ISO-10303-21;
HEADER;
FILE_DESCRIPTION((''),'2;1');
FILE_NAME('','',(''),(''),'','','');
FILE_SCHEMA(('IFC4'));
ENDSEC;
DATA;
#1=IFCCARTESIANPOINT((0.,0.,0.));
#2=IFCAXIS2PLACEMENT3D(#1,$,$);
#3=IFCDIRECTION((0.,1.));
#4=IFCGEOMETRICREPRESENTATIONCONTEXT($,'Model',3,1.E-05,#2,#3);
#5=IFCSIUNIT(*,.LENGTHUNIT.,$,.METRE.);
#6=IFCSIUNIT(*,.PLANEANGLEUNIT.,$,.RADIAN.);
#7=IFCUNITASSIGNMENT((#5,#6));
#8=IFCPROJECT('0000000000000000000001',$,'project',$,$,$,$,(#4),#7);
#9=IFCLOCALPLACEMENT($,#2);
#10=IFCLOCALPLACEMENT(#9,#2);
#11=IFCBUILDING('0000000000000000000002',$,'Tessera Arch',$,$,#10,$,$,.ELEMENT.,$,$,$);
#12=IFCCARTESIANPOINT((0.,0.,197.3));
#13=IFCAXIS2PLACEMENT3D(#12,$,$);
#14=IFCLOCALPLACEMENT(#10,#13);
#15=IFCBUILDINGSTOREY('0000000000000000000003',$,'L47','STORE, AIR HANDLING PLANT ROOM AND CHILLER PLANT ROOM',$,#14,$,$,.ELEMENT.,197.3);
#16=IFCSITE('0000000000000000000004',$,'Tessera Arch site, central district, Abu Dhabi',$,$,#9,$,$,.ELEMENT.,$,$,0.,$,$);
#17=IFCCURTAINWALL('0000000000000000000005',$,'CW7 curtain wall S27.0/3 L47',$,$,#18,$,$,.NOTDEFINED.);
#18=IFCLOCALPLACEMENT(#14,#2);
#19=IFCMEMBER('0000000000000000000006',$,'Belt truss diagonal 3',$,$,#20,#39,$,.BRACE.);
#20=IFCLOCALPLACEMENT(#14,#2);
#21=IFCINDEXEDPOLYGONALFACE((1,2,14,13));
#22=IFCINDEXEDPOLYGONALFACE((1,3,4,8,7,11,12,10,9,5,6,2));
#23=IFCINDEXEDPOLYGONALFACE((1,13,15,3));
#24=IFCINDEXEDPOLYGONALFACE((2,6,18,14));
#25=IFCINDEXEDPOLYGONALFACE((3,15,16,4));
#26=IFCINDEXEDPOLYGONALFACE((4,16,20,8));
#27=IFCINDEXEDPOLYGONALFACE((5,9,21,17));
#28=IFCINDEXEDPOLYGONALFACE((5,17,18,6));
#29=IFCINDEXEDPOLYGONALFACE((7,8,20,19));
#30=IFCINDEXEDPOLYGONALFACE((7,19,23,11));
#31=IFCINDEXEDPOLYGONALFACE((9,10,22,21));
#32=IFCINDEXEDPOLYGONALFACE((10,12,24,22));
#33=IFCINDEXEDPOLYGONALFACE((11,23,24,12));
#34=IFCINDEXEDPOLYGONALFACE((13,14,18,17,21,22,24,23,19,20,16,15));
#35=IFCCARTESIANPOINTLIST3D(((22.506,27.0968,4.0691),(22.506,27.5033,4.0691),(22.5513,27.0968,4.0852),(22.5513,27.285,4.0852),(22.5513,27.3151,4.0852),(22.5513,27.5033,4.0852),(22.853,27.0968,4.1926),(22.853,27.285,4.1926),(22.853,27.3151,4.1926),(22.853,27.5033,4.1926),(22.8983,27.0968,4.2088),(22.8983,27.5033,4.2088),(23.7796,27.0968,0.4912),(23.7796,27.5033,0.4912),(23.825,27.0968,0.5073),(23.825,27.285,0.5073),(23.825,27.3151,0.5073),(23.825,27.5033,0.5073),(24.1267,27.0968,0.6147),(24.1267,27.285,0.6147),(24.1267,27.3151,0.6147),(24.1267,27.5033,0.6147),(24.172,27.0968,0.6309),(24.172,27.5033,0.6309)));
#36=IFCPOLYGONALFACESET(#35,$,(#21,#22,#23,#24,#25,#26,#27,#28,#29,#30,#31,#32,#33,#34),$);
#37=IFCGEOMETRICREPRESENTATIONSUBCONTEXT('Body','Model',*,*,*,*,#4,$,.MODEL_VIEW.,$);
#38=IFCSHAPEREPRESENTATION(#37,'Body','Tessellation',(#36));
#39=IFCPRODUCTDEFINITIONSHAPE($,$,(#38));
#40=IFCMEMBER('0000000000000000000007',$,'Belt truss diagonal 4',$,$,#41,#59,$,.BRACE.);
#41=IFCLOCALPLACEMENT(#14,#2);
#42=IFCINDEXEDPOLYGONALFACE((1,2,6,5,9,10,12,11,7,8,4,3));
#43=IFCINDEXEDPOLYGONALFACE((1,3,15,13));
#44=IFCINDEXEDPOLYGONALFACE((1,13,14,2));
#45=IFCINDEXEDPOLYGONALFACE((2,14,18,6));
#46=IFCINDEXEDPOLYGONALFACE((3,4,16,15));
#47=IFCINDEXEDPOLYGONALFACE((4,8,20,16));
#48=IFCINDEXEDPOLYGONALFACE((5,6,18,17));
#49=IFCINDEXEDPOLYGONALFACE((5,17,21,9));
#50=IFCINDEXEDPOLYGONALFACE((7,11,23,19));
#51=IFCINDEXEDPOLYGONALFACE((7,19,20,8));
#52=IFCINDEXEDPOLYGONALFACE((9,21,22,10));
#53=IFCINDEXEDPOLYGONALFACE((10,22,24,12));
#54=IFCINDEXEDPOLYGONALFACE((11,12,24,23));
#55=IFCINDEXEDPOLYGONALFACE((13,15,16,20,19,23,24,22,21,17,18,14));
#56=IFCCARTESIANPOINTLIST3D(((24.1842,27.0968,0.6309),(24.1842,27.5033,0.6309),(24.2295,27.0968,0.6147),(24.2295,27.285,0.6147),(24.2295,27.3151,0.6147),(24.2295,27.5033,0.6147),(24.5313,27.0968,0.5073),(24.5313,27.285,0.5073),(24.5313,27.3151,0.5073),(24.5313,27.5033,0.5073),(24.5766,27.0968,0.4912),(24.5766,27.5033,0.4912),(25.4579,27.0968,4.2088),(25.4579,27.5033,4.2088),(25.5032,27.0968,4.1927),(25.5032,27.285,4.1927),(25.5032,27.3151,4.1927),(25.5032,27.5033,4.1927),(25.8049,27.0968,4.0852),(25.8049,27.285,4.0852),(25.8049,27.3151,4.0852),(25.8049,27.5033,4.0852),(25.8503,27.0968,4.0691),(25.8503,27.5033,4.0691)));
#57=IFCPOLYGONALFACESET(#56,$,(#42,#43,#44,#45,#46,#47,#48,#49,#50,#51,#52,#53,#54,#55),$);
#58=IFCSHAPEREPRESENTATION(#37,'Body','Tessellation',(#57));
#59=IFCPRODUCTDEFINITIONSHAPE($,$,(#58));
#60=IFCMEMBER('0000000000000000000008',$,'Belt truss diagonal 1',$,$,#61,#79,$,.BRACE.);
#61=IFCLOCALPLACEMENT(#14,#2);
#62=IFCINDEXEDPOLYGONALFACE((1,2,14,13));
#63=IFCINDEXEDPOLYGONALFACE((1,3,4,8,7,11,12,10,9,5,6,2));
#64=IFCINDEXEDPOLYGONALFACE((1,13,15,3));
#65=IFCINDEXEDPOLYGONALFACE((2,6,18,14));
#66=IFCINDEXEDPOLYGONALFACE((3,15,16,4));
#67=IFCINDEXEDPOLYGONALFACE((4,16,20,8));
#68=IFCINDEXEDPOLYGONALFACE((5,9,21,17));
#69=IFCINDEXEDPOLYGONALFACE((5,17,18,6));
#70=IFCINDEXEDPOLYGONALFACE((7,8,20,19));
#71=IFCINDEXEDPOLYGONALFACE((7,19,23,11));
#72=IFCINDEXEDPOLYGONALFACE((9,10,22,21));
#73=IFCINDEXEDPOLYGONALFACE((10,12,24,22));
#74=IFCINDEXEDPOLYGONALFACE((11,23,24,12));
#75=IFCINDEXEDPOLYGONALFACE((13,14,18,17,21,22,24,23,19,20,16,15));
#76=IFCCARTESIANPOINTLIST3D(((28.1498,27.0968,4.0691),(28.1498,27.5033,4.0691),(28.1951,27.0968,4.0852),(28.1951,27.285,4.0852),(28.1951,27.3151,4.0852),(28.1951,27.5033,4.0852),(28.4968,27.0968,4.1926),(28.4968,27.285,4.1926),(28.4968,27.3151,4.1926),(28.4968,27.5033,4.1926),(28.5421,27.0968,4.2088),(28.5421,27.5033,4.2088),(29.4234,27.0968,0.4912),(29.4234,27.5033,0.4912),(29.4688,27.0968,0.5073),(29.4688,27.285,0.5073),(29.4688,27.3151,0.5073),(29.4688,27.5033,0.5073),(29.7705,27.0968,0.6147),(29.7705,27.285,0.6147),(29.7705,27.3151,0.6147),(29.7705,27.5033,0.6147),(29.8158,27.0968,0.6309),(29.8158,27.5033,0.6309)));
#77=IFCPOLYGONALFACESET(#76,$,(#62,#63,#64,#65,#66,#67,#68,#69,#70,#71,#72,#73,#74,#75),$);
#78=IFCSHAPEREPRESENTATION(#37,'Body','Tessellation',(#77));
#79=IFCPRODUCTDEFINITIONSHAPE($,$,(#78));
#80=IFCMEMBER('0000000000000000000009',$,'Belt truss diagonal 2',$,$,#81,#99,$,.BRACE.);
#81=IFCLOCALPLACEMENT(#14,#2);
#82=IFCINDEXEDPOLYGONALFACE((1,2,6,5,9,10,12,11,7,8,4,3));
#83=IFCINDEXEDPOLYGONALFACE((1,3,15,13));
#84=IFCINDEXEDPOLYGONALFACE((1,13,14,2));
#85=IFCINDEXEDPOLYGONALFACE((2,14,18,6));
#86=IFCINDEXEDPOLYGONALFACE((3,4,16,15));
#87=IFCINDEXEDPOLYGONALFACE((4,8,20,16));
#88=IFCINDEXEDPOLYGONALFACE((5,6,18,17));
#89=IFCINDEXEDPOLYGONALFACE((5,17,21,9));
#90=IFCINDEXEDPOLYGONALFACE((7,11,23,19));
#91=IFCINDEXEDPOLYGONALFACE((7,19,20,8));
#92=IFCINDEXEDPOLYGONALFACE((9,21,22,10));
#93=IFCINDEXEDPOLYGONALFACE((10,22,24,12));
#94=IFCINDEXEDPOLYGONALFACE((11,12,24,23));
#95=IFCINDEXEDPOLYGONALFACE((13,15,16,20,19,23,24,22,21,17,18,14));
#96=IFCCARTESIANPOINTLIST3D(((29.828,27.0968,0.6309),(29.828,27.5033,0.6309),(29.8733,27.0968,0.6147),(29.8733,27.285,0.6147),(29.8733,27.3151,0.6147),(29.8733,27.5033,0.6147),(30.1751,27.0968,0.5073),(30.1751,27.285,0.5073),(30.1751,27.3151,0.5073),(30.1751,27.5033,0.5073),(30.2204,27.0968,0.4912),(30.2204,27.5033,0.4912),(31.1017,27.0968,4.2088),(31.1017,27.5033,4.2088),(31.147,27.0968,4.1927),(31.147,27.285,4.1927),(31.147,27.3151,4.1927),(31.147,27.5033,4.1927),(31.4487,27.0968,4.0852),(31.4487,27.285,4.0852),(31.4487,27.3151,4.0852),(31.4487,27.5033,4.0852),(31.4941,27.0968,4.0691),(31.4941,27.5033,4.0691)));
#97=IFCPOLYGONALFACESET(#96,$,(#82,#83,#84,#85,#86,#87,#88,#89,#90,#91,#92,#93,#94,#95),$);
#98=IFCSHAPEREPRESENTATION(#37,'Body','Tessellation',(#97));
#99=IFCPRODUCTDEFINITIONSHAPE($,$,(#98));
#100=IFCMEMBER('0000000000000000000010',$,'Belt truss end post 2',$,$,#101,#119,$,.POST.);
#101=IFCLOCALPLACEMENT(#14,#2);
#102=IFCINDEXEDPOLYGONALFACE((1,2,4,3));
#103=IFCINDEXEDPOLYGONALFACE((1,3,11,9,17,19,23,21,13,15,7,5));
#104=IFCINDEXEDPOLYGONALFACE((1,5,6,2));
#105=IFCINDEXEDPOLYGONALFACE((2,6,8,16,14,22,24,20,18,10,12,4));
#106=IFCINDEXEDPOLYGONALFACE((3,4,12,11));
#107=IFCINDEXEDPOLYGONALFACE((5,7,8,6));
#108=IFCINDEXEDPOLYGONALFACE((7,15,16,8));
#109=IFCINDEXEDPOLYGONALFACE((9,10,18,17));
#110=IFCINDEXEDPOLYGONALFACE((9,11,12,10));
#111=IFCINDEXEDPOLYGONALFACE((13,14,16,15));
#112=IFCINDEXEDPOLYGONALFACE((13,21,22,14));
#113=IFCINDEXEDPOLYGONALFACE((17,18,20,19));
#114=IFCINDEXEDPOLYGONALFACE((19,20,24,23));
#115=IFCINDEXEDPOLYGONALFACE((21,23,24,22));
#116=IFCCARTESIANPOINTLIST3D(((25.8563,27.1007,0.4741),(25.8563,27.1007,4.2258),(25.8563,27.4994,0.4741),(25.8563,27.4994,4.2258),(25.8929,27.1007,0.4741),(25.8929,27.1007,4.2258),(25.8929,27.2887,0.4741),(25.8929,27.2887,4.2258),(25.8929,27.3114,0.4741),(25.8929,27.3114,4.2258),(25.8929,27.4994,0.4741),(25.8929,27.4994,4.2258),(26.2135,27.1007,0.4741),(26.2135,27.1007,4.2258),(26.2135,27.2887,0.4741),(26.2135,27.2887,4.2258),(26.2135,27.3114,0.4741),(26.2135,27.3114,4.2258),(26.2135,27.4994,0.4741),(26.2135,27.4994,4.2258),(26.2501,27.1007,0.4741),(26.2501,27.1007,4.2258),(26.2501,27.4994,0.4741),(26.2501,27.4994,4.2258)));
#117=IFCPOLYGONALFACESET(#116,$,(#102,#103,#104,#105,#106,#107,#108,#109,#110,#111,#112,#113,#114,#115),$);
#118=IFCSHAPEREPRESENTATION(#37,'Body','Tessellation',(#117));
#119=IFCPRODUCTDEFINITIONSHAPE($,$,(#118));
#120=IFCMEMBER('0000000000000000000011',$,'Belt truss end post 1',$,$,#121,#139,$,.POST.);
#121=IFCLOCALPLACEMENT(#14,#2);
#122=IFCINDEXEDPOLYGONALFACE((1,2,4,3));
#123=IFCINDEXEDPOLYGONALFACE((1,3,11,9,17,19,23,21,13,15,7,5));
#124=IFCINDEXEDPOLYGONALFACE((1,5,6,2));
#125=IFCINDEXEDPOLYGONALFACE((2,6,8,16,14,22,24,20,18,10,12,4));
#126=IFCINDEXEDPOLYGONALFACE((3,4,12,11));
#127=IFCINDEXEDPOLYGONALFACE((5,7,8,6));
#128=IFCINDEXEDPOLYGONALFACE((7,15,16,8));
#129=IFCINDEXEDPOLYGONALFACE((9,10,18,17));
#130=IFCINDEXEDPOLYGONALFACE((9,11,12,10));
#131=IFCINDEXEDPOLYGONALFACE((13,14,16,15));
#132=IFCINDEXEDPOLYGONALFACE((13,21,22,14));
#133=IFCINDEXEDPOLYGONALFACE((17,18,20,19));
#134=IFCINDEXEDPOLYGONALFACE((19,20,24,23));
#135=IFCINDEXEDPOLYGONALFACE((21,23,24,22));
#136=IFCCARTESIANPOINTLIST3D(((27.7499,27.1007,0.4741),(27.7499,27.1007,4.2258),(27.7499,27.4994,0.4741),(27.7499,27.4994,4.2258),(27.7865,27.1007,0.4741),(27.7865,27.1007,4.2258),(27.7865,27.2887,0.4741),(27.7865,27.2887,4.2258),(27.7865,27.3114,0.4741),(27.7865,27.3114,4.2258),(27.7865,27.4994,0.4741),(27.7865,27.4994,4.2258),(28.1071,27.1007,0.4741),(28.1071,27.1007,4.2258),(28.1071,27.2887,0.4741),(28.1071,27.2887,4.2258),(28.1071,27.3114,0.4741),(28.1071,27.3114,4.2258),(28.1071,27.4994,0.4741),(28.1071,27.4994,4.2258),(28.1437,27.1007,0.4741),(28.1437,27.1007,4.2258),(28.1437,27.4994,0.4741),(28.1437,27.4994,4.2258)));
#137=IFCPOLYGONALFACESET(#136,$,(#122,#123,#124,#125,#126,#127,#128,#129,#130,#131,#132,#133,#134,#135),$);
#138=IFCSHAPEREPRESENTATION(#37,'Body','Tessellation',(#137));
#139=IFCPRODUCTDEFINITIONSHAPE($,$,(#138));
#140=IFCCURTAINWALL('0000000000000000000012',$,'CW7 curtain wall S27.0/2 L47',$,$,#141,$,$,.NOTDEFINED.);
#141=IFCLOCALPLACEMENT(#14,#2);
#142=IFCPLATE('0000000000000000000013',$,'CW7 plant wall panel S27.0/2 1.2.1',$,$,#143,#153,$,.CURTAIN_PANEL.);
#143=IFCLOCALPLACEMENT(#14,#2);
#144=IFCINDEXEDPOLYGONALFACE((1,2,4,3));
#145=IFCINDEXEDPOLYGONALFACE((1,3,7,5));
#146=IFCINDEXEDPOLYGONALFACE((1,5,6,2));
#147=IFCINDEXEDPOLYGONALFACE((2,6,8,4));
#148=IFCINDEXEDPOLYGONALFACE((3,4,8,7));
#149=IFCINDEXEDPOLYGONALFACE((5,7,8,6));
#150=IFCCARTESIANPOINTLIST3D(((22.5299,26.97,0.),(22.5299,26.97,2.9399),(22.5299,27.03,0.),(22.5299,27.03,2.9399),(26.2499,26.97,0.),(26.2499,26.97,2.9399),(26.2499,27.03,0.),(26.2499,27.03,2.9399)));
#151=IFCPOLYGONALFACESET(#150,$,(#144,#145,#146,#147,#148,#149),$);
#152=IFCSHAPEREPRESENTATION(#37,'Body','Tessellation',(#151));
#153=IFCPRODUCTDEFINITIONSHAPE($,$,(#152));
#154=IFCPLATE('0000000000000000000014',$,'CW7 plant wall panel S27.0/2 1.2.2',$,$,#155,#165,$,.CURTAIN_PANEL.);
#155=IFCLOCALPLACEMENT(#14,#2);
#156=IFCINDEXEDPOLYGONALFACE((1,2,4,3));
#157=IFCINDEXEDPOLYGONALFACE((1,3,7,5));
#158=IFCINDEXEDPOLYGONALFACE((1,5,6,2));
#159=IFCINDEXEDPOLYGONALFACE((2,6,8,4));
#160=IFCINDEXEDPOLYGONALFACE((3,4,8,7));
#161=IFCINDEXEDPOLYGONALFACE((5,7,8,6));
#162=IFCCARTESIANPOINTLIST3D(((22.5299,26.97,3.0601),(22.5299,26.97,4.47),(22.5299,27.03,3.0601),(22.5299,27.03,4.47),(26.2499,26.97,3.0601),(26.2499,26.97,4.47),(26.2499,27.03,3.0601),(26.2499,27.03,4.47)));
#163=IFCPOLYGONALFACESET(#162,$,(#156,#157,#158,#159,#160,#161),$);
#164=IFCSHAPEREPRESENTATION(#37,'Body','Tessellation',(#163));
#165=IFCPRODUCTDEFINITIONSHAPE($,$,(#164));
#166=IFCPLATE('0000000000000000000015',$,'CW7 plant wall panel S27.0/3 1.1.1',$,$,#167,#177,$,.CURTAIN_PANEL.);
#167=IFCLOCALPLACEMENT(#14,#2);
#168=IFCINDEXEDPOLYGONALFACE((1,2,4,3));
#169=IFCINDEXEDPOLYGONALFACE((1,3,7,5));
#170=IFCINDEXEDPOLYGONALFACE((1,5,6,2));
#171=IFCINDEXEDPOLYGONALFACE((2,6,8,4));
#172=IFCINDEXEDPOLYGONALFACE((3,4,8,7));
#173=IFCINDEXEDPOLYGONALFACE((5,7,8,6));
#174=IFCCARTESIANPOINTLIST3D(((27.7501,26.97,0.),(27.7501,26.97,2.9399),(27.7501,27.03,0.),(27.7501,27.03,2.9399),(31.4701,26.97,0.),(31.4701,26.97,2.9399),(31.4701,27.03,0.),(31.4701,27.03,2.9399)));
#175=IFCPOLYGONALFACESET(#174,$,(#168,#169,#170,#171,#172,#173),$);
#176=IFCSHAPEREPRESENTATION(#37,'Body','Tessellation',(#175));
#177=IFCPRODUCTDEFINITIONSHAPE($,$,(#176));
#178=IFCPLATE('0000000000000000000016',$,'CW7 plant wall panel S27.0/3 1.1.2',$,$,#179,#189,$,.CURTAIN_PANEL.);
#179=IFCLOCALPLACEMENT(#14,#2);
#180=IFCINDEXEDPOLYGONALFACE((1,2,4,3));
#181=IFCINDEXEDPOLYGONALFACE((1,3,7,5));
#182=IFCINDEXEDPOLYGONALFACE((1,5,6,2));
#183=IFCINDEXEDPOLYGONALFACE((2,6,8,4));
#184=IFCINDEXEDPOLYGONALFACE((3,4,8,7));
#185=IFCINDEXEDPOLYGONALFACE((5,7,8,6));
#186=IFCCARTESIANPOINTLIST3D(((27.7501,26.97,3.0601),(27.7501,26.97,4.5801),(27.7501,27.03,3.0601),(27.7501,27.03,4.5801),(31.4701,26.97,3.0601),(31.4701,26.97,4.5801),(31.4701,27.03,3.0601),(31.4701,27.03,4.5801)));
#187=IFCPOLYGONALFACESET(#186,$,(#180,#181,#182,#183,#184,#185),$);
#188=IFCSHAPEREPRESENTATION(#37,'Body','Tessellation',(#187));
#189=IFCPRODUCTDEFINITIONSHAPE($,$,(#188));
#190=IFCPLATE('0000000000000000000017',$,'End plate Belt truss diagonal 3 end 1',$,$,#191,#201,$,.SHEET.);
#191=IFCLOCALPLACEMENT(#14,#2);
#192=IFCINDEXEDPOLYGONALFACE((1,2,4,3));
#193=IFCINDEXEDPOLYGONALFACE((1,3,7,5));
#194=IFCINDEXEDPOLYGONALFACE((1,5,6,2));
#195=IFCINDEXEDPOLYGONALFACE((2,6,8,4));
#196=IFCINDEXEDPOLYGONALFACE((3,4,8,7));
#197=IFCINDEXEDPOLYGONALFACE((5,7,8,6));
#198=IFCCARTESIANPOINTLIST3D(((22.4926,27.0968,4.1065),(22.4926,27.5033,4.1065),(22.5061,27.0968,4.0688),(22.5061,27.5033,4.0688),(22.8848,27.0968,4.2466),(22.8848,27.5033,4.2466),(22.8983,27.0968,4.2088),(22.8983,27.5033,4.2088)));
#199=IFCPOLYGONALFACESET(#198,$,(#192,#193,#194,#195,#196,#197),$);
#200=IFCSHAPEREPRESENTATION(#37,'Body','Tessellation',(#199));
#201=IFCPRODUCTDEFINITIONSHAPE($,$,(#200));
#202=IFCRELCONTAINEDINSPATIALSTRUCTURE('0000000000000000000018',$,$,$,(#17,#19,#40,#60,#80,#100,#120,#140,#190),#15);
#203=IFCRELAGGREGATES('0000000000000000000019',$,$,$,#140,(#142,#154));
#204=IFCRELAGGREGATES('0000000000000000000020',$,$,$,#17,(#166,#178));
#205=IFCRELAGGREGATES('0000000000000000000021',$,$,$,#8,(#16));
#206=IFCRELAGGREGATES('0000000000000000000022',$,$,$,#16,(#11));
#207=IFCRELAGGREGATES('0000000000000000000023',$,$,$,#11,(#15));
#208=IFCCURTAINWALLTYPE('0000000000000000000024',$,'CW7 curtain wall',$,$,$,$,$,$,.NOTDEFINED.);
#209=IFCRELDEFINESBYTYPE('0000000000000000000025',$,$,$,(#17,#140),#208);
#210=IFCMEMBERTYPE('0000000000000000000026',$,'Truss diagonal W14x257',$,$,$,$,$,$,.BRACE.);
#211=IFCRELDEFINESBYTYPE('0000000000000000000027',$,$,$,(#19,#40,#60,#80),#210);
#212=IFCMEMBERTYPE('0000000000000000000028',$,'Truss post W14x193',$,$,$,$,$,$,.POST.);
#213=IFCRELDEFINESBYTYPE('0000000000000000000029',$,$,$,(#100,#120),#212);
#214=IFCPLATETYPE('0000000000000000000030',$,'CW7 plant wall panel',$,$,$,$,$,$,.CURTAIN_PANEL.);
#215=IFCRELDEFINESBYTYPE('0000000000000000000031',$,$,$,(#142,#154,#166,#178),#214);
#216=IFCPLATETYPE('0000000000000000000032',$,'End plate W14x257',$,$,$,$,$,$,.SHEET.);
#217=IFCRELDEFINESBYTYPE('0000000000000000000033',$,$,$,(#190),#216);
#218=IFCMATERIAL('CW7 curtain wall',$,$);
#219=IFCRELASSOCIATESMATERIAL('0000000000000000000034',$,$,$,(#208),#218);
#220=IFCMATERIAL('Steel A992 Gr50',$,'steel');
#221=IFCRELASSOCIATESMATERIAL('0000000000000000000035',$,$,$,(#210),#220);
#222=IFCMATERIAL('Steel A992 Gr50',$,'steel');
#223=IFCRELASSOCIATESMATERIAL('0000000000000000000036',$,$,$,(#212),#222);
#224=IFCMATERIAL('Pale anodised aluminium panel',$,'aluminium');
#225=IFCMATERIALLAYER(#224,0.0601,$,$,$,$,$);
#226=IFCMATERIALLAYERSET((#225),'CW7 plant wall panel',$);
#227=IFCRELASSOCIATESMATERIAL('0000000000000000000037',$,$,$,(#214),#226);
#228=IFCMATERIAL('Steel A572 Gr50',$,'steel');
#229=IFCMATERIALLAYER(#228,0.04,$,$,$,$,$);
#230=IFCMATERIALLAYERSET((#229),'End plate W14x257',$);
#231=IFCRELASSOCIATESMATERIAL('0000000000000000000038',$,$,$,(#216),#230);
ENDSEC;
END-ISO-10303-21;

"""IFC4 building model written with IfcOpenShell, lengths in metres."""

from ifc_helpers import new_model, si_unit, direction, frame, origin, origin_2d, place, context, subcontext, project, spatial, rectangle, i_section, extrude, material, layer, layer_set, material_profile, profile_set, type_object, element, aggregate, save


model = new_model("IFC4")

# Units and contexts
model_context = context("Model", 3, precision=1e-05, world=origin(), true_north=direction((0.0, 1.0)))
body_context = subcontext(model_context, "Body", "Model", "MODEL_VIEW")
ifc_project = project(units=[si_unit("LENGTHUNIT", "METRE"), si_unit("PLANEANGLEUNIT", "RADIAN")], contexts=[model_context])

# Site, building, storey
site_placement = place(None, origin())
site = spatial("IfcSite", under=ifc_project, at=site_placement, Name="Tessera Arch site, central district, Abu Dhabi", CompositionType="ELEMENT", RefElevation=0.0)
building_placement = place(site_placement, origin())
building = spatial("IfcBuilding", under=site, at=building_placement, Name="Tessera Arch", CompositionType="ELEMENT")
storey_placement = place(building_placement, frame((0.0, 0.0, 197.3)))
storey = spatial("IfcBuildingStorey", under=building, at=storey_placement, Name="L47", Description="STORE, AIR HANDLING PLANT ROOM AND CHILLER PLANT ROOM", CompositionType="ELEMENT", Elevation=197.3)

# Curtain wall
ifc_material_1 = material(Name="CW7 curtain wall")
curtain_wall_type = type_object("IfcCurtainWallType", Name="CW7 curtain wall", PredefinedType="NOTDEFINED", material=ifc_material_1)
curtain_wall_1_placement = place(storey_placement, origin())
curtain_wall_1 = element("IfcCurtainWall", 1, at=curtain_wall_1_placement, inside=storey, type_object=curtain_wall_type, Name="CW7 curtain wall S27.0/3 L47", PredefinedType="NOTDEFINED")

# Members
ifc_material_2 = material(Name="Steel A992 Gr50", Category="steel")
ifc_material_profile_1 = material_profile(ifc_material_2, i_section(OverallWidth=0.4065, OverallDepth=0.4165, WebThickness=0.03, FlangeThickness=0.0481, at=origin_2d()), Name="W14x257")
ifc_profile_set_1 = profile_set([ifc_material_profile_1], Name="Steel A992 Gr50")
member_type_1 = type_object("IfcMemberType", Name="Truss diagonal W14x257", PredefinedType="BRACE", material=ifc_profile_set_1)
for number, where, z_axis, x_axis, name in (
    (2, (22.7021, 27.3, 4.1389), (0.335371, 0.0, -0.942086), (0.0, 1.0, 0.0), "Belt truss diagonal 3"),
    (3, (24.3804, 27.3, 0.561), (0.335371, 0.0, 0.942086), (0.0, 1.0, 0.0), "Belt truss diagonal 4"),
    (4, (28.3459, 27.3, 4.1389), (0.335371, 0.0, -0.942086), (0.0, 1.0, 0.0), "Belt truss diagonal 1"),
    (5, (30.0242, 27.3, 0.561), (0.335371, 0.0, 0.942086), (0.0, 1.0, 0.0), "Belt truss diagonal 2"),
):
    element("IfcMember", number, at=place(storey_placement, frame(where, z_axis=z_axis, x_axis=x_axis)), inside=storey, type_object=member_type_1, Name=name, PredefinedType="BRACE", context=body_context, shape_type="SweptSolid", body=[
        extrude(i_section(OverallWidth=0.4065, OverallDepth=0.4165, WebThickness=0.03, FlangeThickness=0.0481, at=origin_2d()), origin(), (0.0, 0.0, 1.0), 3.7979),
    ])
ifc_material_3 = material(Name="Steel A992 Gr50", Category="steel")
ifc_material_profile_2 = material_profile(ifc_material_3, i_section(OverallWidth=0.3987, OverallDepth=0.3938, WebThickness=0.0227, FlangeThickness=0.0366, at=origin_2d()), Name="W14x193")
ifc_profile_set_2 = profile_set([ifc_material_profile_2], Name="Steel A992 Gr50")
member_type_2 = type_object("IfcMemberType", Name="Truss post W14x193", PredefinedType="POST", material=ifc_profile_set_2)
for number, where, z_axis, x_axis, name in (
    (6, (26.0532, 27.3, 0.4741), (0.0, 0.0, 1.0), (0.0, 1.0, 0.0), "Belt truss end post 2"),
    (7, (27.9468, 27.3, 0.4741), (0.0, 0.0, 1.0), (0.0, 1.0, 0.0), "Belt truss end post 1"),
):
    element("IfcMember", number, at=place(storey_placement, frame(where, z_axis=z_axis, x_axis=x_axis)), inside=storey, type_object=member_type_2, Name=name, PredefinedType="POST", context=body_context, shape_type="SweptSolid", body=[
        extrude(i_section(OverallWidth=0.3987, OverallDepth=0.3938, WebThickness=0.0227, FlangeThickness=0.0366, at=origin_2d()), origin(), (0.0, 0.0, 1.0), 3.7517),
    ])

# Curtain wall, plates
curtain_wall_2_placement = place(storey_placement, origin())
curtain_wall_2 = element("IfcCurtainWall", 8, at=curtain_wall_2_placement, inside=storey, type_object=curtain_wall_type, Name="CW7 curtain wall S27.0/2 L47", PredefinedType="NOTDEFINED")
ifc_material_4 = material(Name="Pale anodised aluminium panel", Category="aluminium")
ifc_layer_1 = layer(ifc_material_4, 0.0601)
ifc_layer_set_1 = layer_set([ifc_layer_1], Name="CW7 plant wall panel")
plate_type_1 = type_object("IfcPlateType", Name="CW7 plant wall panel", PredefinedType="CURTAIN_PANEL", material=ifc_layer_set_1)
plate_1_placement = place(storey_placement, frame((24.3899, 27.0, 0.0), z_axis=(0.0, 0.0, 1.0), x_axis=(1.0, 0.0, 0.0)))
plate_1 = element("IfcPlate", 9, at=plate_1_placement, type_object=plate_type_1, Name="CW7 plant wall panel S27.0/2 1.2.1", PredefinedType="CURTAIN_PANEL", context=body_context, shape_type="SweptSolid", body=[
    extrude(rectangle(XDim=3.72, YDim=0.0601, at=origin_2d()), origin(), (0.0, 0.0, 1.0), 2.9399),
])
plate_2_placement = place(storey_placement, frame((24.3899, 27.0, 3.0601), z_axis=(0.0, 0.0, 1.0), x_axis=(1.0, 0.0, 0.0)))
plate_2 = element("IfcPlate", 10, at=plate_2_placement, type_object=plate_type_1, Name="CW7 plant wall panel S27.0/2 1.2.2", PredefinedType="CURTAIN_PANEL", context=body_context, shape_type="SweptSolid", body=[
    extrude(rectangle(XDim=3.72, YDim=0.0601, at=origin_2d()), origin(), (0.0, 0.0, 1.0), 1.4099),
])
aggregate(curtain_wall_2, [plate_1, plate_2])

# Plates
plate_3_placement = place(storey_placement, frame((29.6101, 27.0, 0.0), z_axis=(0.0, 0.0, 1.0), x_axis=(1.0, 0.0, 0.0)))
plate_3 = element("IfcPlate", 11, at=plate_3_placement, type_object=plate_type_1, Name="CW7 plant wall panel S27.0/3 1.1.1", PredefinedType="CURTAIN_PANEL", context=body_context, shape_type="SweptSolid", body=[
    extrude(rectangle(XDim=3.72, YDim=0.0601, at=origin_2d()), origin(), (0.0, 0.0, 1.0), 2.9399),
])
plate_4_placement = place(storey_placement, frame((29.6101, 27.0, 3.0601), z_axis=(0.0, 0.0, 1.0), x_axis=(1.0, 0.0, 0.0)))
plate_4 = element("IfcPlate", 12, at=plate_4_placement, type_object=plate_type_1, Name="CW7 plant wall panel S27.0/3 1.1.2", PredefinedType="CURTAIN_PANEL", context=body_context, shape_type="SweptSolid", body=[
    extrude(rectangle(XDim=3.72, YDim=0.0601, at=origin_2d()), origin(), (0.0, 0.0, 1.0), 1.52),
])
aggregate(curtain_wall_1, [plate_3, plate_4])

# Plate
ifc_material_5 = material(Name="Steel A572 Gr50", Category="steel")
ifc_layer_2 = layer(ifc_material_5, 0.04)
ifc_layer_set_2 = layer_set([ifc_layer_2], Name="End plate W14x257")
plate_type_2 = type_object("IfcPlateType", Name="End plate W14x257", PredefinedType="SHEET", material=ifc_layer_set_2)
for number, where, z_axis, x_axis, name in (
    (13, (22.6887, 27.3, 4.1765), (0.336336, 0.0, -0.941742), (0.0, 1.0, 0.0), "End plate Belt truss diagonal 3 end 1"),
):
    element("IfcPlate", number, at=place(storey_placement, frame(where, z_axis=z_axis, x_axis=x_axis)), inside=storey, type_object=plate_type_2, Name=name, PredefinedType="SHEET", context=body_context, shape_type="SweptSolid", body=[
        extrude(rectangle(XDim=0.4065, YDim=0.4165, at=origin_2d()), origin(), (0.0, 0.0, 1.0), 0.04),
    ])

save(model, "model.ifc")
